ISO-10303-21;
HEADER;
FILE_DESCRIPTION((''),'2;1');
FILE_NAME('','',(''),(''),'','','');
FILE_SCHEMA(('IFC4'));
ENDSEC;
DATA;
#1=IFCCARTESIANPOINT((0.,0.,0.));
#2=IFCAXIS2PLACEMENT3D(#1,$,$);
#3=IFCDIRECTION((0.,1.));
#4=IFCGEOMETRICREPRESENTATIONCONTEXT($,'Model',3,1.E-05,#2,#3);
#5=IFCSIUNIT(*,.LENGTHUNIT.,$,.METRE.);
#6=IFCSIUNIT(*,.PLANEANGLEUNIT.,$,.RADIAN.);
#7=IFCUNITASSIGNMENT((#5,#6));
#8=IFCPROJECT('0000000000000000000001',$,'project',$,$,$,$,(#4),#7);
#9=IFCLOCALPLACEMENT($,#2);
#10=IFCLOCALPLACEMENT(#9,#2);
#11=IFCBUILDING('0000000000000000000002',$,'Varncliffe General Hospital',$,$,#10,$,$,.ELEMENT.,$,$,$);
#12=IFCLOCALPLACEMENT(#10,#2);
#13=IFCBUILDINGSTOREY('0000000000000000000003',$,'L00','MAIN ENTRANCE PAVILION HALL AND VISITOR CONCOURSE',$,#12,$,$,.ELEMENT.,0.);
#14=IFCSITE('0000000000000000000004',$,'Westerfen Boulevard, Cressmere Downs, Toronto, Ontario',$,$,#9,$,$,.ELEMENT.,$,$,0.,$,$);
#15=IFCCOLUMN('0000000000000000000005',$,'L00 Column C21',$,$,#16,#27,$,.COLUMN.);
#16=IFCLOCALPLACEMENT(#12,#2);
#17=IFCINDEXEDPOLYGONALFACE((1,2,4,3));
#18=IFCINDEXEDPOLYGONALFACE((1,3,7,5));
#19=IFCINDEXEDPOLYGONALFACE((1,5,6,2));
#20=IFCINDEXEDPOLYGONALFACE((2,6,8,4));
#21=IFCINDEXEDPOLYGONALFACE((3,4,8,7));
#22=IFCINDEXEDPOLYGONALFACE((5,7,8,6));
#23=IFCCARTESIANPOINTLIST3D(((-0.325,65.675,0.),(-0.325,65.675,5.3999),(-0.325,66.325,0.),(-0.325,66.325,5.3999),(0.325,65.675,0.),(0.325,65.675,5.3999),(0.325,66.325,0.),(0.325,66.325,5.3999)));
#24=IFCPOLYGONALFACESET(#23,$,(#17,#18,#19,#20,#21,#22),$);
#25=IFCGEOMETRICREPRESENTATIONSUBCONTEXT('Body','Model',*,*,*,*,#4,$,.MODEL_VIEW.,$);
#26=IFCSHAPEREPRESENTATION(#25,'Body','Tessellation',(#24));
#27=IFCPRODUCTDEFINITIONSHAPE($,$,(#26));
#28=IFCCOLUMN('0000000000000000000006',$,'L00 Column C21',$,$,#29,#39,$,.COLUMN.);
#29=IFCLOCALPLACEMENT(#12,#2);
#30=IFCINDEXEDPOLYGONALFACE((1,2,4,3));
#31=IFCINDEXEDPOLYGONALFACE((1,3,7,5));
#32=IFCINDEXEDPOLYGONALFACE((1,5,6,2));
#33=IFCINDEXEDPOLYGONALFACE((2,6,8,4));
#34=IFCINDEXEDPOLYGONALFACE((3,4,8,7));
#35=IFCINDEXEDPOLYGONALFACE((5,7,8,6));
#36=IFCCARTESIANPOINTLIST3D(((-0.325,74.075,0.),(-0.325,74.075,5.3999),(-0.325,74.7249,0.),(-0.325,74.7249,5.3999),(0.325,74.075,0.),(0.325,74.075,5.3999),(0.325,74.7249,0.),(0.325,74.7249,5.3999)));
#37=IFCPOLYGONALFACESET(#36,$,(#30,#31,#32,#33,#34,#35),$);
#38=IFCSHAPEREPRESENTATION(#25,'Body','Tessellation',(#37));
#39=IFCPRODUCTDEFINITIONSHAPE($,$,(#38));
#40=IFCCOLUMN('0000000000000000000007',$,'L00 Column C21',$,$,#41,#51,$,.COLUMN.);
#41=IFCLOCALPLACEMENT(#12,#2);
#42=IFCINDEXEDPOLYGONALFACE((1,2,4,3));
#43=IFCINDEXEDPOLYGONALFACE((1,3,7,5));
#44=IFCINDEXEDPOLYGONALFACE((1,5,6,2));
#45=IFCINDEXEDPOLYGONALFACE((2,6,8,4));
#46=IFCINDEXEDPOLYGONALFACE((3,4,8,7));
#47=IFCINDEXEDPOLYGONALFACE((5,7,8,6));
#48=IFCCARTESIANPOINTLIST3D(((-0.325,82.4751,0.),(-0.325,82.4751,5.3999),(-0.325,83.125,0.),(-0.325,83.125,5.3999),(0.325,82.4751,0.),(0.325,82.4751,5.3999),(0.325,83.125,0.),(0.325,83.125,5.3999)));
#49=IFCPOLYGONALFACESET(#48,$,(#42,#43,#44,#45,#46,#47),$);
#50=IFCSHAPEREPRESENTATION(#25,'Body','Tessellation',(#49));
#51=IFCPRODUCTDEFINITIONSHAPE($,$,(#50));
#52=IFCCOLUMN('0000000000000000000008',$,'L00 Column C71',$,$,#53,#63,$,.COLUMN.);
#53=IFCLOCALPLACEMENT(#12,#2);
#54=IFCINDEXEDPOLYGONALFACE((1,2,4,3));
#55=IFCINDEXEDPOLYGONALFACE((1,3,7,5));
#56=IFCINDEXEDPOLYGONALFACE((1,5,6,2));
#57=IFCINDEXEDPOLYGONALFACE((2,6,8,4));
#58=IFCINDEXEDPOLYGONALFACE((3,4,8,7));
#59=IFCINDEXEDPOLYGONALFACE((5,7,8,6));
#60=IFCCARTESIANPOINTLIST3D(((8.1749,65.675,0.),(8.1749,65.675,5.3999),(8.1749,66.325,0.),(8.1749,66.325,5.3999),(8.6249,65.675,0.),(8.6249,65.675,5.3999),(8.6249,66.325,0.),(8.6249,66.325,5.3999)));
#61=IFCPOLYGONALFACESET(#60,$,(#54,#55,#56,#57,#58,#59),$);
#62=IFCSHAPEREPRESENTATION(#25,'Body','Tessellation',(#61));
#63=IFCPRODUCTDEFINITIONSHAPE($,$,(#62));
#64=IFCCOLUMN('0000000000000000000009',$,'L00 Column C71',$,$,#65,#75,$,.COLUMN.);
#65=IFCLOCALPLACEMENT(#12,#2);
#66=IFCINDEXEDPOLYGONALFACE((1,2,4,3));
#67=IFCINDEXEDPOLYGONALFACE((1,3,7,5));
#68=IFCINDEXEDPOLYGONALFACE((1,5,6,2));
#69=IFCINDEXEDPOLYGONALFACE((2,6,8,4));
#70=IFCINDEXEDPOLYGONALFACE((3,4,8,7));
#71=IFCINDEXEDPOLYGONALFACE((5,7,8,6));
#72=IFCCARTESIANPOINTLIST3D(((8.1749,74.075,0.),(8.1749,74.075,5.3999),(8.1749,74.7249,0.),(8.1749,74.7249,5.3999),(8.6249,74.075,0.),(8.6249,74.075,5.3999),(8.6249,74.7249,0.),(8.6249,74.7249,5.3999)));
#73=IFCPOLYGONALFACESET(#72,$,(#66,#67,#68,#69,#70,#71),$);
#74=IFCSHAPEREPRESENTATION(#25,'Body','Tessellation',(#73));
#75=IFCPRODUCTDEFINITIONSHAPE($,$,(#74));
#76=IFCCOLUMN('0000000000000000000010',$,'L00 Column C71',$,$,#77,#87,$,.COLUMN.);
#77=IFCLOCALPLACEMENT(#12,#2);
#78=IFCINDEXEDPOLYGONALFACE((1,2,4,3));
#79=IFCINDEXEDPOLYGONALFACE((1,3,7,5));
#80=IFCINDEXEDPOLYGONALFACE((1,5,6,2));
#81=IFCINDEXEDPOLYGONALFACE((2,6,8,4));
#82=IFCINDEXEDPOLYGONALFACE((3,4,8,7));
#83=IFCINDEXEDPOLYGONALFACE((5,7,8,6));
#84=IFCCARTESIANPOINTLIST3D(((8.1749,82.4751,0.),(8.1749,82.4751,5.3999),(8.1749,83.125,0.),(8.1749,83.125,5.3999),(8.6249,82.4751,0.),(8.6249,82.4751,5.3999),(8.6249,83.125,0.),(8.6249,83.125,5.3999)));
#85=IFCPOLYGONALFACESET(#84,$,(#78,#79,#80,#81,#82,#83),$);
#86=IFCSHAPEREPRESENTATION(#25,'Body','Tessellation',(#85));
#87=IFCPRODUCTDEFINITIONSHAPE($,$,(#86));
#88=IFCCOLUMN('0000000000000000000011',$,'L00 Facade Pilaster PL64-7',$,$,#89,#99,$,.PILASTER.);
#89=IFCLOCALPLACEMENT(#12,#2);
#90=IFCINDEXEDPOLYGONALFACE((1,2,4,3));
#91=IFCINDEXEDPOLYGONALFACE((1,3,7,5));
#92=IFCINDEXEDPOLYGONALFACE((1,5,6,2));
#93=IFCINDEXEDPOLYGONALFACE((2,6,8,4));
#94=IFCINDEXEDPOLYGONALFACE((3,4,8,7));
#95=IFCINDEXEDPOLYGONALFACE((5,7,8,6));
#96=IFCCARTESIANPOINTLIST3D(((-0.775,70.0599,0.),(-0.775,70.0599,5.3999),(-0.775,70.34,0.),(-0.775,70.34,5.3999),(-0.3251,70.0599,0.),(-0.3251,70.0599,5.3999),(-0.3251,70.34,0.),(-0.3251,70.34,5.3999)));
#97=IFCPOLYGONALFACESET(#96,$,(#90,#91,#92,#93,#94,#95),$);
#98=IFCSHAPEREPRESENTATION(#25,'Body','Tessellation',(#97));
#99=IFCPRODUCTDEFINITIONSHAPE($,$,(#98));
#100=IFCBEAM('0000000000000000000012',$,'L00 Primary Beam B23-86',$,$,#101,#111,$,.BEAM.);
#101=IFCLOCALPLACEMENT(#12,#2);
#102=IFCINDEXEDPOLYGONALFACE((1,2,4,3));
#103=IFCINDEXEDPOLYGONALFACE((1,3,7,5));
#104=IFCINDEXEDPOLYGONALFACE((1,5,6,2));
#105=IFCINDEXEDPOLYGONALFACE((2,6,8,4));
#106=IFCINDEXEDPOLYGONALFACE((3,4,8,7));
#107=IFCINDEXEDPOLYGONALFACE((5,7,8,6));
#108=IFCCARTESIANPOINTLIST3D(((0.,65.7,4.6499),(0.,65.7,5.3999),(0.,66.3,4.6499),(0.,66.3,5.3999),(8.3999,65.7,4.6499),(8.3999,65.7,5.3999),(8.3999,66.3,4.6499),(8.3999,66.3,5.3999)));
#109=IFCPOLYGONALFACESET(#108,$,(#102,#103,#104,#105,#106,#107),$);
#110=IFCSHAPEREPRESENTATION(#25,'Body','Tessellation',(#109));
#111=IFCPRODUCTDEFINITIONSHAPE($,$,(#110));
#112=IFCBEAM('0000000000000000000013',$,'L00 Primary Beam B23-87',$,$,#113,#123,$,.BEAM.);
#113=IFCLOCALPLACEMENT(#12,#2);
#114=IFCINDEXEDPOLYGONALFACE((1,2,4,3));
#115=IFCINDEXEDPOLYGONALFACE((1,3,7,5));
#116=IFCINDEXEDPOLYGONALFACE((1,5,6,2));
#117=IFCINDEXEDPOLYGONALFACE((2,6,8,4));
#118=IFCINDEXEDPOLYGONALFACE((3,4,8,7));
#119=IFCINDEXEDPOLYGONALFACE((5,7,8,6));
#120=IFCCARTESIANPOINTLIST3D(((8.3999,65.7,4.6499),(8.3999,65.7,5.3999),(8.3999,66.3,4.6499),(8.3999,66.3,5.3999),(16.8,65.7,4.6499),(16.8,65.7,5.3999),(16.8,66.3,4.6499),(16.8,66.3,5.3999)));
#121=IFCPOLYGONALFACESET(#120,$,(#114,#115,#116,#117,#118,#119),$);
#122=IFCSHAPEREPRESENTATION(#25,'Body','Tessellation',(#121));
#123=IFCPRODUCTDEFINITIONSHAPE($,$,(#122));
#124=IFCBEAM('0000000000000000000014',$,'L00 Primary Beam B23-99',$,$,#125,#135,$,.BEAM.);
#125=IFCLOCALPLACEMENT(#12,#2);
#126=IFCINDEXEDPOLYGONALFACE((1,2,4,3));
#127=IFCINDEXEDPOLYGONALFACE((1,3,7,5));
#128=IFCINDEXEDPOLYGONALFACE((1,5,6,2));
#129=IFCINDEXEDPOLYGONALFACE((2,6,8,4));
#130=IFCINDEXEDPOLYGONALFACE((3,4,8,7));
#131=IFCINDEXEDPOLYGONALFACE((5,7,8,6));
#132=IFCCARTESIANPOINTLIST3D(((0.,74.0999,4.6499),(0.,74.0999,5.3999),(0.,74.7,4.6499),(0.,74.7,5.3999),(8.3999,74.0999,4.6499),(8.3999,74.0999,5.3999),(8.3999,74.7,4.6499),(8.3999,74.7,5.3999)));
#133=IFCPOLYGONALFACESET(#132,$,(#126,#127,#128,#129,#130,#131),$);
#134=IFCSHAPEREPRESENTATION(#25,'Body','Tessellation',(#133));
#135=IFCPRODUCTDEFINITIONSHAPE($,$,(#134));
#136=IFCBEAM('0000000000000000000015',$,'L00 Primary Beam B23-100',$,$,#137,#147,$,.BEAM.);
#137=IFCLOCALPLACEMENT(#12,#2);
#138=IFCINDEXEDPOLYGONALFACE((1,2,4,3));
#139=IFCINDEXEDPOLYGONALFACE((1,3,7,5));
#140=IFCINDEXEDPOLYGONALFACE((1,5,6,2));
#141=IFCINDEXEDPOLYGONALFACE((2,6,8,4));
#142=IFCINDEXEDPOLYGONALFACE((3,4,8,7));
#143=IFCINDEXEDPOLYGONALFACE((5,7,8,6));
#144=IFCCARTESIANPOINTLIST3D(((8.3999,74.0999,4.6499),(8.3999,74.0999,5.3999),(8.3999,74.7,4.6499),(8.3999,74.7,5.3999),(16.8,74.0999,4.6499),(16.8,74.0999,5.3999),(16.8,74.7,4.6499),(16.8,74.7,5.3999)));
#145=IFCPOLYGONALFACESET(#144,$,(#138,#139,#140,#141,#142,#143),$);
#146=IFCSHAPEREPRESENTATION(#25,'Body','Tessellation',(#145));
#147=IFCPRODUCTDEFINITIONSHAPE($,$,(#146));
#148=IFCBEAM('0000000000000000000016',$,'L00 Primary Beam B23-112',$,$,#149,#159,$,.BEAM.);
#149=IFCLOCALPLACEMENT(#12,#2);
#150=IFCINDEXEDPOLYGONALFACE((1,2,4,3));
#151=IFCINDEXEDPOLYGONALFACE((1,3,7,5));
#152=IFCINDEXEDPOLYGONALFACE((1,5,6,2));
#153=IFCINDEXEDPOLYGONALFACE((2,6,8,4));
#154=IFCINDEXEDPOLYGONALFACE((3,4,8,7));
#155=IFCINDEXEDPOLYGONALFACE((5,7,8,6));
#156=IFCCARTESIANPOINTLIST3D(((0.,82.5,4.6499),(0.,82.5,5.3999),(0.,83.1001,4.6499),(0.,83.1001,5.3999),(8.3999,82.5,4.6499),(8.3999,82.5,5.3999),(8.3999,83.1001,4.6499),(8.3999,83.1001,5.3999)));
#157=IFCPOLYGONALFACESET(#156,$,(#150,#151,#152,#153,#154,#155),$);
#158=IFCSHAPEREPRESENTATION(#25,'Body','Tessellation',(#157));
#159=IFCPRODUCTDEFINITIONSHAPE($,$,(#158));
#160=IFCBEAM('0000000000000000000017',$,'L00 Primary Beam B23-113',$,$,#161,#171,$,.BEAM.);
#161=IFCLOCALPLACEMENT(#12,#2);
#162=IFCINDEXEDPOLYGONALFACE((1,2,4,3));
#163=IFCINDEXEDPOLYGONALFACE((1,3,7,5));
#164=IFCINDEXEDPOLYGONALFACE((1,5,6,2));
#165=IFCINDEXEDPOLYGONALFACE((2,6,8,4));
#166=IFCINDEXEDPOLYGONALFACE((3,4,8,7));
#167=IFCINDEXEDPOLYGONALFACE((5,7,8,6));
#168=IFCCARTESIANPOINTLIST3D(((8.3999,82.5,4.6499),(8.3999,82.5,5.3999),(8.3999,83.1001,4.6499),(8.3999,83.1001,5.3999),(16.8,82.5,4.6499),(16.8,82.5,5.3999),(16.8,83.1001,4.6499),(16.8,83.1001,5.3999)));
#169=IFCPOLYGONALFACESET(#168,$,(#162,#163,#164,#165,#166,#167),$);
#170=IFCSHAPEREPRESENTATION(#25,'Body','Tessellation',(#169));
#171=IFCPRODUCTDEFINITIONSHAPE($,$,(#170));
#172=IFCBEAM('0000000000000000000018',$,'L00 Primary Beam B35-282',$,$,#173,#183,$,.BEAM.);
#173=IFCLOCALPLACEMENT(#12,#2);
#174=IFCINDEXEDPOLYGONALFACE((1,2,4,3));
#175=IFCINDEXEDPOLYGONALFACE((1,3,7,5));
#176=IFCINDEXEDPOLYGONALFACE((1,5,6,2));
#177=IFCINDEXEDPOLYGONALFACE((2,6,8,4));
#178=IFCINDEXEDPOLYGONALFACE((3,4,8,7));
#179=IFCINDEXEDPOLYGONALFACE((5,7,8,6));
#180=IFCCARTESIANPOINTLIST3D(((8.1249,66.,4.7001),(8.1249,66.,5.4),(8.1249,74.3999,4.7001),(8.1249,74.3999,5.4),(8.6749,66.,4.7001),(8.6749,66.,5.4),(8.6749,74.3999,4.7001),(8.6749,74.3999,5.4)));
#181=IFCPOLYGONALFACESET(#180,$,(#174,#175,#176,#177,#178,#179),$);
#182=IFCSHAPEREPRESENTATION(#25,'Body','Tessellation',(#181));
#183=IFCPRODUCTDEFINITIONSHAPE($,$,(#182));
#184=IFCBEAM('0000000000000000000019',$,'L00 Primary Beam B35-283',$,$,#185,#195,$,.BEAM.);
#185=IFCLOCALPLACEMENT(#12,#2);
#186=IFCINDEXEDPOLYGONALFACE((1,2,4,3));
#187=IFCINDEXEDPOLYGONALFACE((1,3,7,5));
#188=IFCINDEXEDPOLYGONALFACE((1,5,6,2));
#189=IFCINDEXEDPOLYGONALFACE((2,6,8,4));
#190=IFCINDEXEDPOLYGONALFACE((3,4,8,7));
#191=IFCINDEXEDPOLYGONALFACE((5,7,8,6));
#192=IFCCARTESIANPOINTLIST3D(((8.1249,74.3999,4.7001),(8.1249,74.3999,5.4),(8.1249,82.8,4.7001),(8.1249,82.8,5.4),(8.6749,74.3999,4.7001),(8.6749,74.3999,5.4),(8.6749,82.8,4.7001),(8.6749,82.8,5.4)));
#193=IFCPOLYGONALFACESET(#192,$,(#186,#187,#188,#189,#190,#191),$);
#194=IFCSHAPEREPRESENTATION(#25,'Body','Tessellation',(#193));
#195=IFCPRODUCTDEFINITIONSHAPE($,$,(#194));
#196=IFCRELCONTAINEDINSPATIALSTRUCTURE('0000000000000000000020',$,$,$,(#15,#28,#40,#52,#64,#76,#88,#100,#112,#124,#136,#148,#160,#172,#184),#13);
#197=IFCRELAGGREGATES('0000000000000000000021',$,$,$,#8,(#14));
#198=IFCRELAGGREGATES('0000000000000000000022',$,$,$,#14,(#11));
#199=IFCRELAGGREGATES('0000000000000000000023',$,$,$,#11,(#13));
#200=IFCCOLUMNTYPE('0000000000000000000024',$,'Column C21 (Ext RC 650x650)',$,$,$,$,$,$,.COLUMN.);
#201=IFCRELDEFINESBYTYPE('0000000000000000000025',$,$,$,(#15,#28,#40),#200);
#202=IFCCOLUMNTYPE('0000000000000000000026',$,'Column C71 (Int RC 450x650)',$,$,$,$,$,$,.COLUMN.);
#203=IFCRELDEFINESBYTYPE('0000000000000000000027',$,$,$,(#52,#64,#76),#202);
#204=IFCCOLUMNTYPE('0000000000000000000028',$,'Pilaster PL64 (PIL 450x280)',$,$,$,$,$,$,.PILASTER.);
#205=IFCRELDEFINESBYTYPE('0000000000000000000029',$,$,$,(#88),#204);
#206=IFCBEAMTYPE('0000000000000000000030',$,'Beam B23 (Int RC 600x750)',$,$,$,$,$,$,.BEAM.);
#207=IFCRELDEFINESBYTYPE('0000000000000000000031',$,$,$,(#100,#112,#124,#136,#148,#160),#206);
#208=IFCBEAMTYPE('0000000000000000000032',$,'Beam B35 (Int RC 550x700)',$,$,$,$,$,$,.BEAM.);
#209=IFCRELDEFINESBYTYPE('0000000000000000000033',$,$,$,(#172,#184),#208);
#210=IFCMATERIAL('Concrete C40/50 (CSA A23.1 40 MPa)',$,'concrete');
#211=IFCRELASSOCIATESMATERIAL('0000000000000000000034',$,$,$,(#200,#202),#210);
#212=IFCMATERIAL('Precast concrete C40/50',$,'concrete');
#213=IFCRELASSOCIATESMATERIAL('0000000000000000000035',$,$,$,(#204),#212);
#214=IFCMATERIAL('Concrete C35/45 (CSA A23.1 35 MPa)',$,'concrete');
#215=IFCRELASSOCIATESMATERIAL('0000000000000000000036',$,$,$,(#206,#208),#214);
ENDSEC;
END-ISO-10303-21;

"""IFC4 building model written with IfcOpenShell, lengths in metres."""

from ifc_helpers import new_model, si_unit, direction, frame, origin, origin_2d, place, context, subcontext, project, spatial, rectangle, extrude, material, material_profile, profile_set, type_object, element, save


model = new_model("IFC4")

# Units and contexts
model_context = context("Model", 3, precision=1e-05, world=origin(), true_north=direction((0.0, 1.0)))
body_context = subcontext(model_context, "Body", "Model", "MODEL_VIEW")
ifc_project = project(units=[si_unit("LENGTHUNIT", "METRE"), si_unit("PLANEANGLEUNIT", "RADIAN")], contexts=[model_context])

# Site, building, storey
site_placement = place(None, origin())
site = spatial("IfcSite", under=ifc_project, at=site_placement, Name="Westerfen Boulevard, Cressmere Downs, Toronto, Ontario", CompositionType="ELEMENT", RefElevation=0.0)
building_placement = place(site_placement, origin())
building = spatial("IfcBuilding", under=site, at=building_placement, Name="Varncliffe General Hospital", CompositionType="ELEMENT")
storey_placement = place(building_placement, origin())
storey = spatial("IfcBuildingStorey", under=building, at=storey_placement, Name="L00", Description="MAIN ENTRANCE PAVILION HALL AND VISITOR CONCOURSE", CompositionType="ELEMENT", Elevation=0.0)

# Columns
ifc_material_1 = material(Name="Concrete C40/50 (CSA A23.1 40 MPa)", Category="concrete")
ifc_material_profile_1 = material_profile(ifc_material_1, rectangle(XDim=0.6499, YDim=0.6499, at=origin_2d()), Name="RC 650x650")
ifc_profile_set_1 = profile_set([ifc_material_profile_1], Name="Concrete C40/50 (CSA A23.1 40 MPa)")
column_type_1 = type_object("IfcColumnType", Name="Column C21 (Ext RC 650x650)", PredefinedType="COLUMN", material=ifc_profile_set_1)
for number, where, z_axis, x_axis, name in (
    (1, (0.0, 66.0, 0.0), (0.0, 0.0, 1.0), (1.0, 0.0, 0.0), "L00 Column C21"),
    (2, (0.0, 74.3999, 0.0), (0.0, 0.0, 1.0), (1.0, 0.0, 0.0), "L00 Column C21"),
    (3, (0.0, 82.8, 0.0), (0.0, 0.0, 1.0), (1.0, 0.0, 0.0), "L00 Column C21"),
):
    element("IfcColumn", number, at=place(storey_placement, frame(where, z_axis=z_axis, x_axis=x_axis)), inside=storey, type_object=column_type_1, Name=name, PredefinedType="COLUMN", context=body_context, shape_type="SweptSolid", body=[
        extrude(rectangle(XDim=0.6499, YDim=0.6499, at=origin_2d()), origin(), (0.0, 0.0, 1.0), 5.3999),
    ])
ifc_material_profile_2 = material_profile(ifc_material_1, rectangle(XDim=0.45, YDim=0.6499, at=origin_2d()), Name="RC 450x650")
ifc_profile_set_2 = profile_set([ifc_material_profile_2], Name="Concrete C40/50 (CSA A23.1 40 MPa)")
column_type_2 = type_object("IfcColumnType", Name="Column C71 (Int RC 450x650)", PredefinedType="COLUMN", material=ifc_profile_set_2)
for number, where, z_axis, x_axis, name in (
    (4, (8.3999, 66.0, 0.0), (0.0, 0.0, 1.0), (1.0, 0.0, 0.0), "L00 Column C71"),
    (5, (8.3999, 74.3999, 0.0), (0.0, 0.0, 1.0), (1.0, 0.0, 0.0), "L00 Column C71"),
    (6, (8.3999, 82.8, 0.0), (0.0, 0.0, 1.0), (1.0, 0.0, 0.0), "L00 Column C71"),
):
    element("IfcColumn", number, at=place(storey_placement, frame(where, z_axis=z_axis, x_axis=x_axis)), inside=storey, type_object=column_type_2, Name=name, PredefinedType="COLUMN", context=body_context, shape_type="SweptSolid", body=[
        extrude(rectangle(XDim=0.45, YDim=0.6499, at=origin_2d()), origin(), (0.0, 0.0, 1.0), 5.3999),
    ])
ifc_material_2 = material(Name="Precast concrete C40/50", Category="concrete")
ifc_material_profile_3 = material_profile(ifc_material_2, rectangle(XDim=0.45, YDim=0.28, at=origin_2d()), Name="PIL 450x280")
ifc_profile_set_3 = profile_set([ifc_material_profile_3], Name="Precast concrete C40/50")
column_type_3 = type_object("IfcColumnType", Name="Pilaster PL64 (PIL 450x280)", PredefinedType="PILASTER", material=ifc_profile_set_3)
column_placement = place(storey_placement, frame((-0.55, 70.2, 0.0), z_axis=(0.0, 0.0, 1.0), x_axis=(1.0, 0.0, 0.0)))
element("IfcColumn", 7, at=column_placement, inside=storey, type_object=column_type_3, Name="L00 Facade Pilaster PL64-7", PredefinedType="PILASTER", context=body_context, shape_type="SweptSolid", body=[
    extrude(rectangle(XDim=0.45, YDim=0.28, at=origin_2d()), origin(), (0.0, 0.0, 1.0), 5.3999),
])

# Beams
ifc_material_3 = material(Name="Concrete C35/45 (CSA A23.1 35 MPa)", Category="concrete")
ifc_material_profile_4 = material_profile(ifc_material_3, rectangle(XDim=0.6001, YDim=0.75, at=origin_2d()), Name="RC 600x750")
ifc_profile_set_4 = profile_set([ifc_material_profile_4], Name="Concrete C35/45 (CSA A23.1 35 MPa)")
beam_type_1 = type_object("IfcBeamType", Name="Beam B23 (Int RC 600x750)", PredefinedType="BEAM", material=ifc_profile_set_4)
beam_1_placement = place(storey_placement, frame((0.0, 66.0, 5.0249), z_axis=(1.0, 0.0, 0.0), x_axis=(0.0, 1.0, 0.0)))
element("IfcBeam", 8, at=beam_1_placement, inside=storey, type_object=beam_type_1, Name="L00 Primary Beam B23-86", PredefinedType="BEAM", context=body_context, shape_type="SweptSolid", body=[
    extrude(rectangle(XDim=0.6001, YDim=0.75, at=origin_2d()), origin(), (0.0, 0.0, 1.0), 8.3999),
])
beam_2_placement = place(storey_placement, frame((8.3999, 66.0, 5.0249), z_axis=(1.0, 0.0, 0.0), x_axis=(0.0, 1.0, 0.0)))
element("IfcBeam", 9, at=beam_2_placement, inside=storey, type_object=beam_type_1, Name="L00 Primary Beam B23-87", PredefinedType="BEAM", context=body_context, shape_type="SweptSolid", body=[
    extrude(rectangle(XDim=0.6001, YDim=0.75, at=origin_2d()), origin(), (0.0, 0.0, 1.0), 8.4001),
])
beam_3_placement = place(storey_placement, frame((0.0, 74.3999, 5.0249), z_axis=(1.0, 0.0, 0.0), x_axis=(0.0, 1.0, 0.0)))
element("IfcBeam", 10, at=beam_3_placement, inside=storey, type_object=beam_type_1, Name="L00 Primary Beam B23-99", PredefinedType="BEAM", context=body_context, shape_type="SweptSolid", body=[
    extrude(rectangle(XDim=0.6001, YDim=0.75, at=origin_2d()), origin(), (0.0, 0.0, 1.0), 8.3999),
])
beam_4_placement = place(storey_placement, frame((8.3999, 74.3999, 5.0249), z_axis=(1.0, 0.0, 0.0), x_axis=(0.0, 1.0, 0.0)))
element("IfcBeam", 11, at=beam_4_placement, inside=storey, type_object=beam_type_1, Name="L00 Primary Beam B23-100", PredefinedType="BEAM", context=body_context, shape_type="SweptSolid", body=[
    extrude(rectangle(XDim=0.6001, YDim=0.75, at=origin_2d()), origin(), (0.0, 0.0, 1.0), 8.4001),
])
beam_5_placement = place(storey_placement, frame((0.0, 82.8, 5.0249), z_axis=(1.0, 0.0, 0.0), x_axis=(0.0, 1.0, 0.0)))
element("IfcBeam", 12, at=beam_5_placement, inside=storey, type_object=beam_type_1, Name="L00 Primary Beam B23-112", PredefinedType="BEAM", context=body_context, shape_type="SweptSolid", body=[
    extrude(rectangle(XDim=0.6001, YDim=0.75, at=origin_2d()), origin(), (0.0, 0.0, 1.0), 8.3999),
])
beam_6_placement = place(storey_placement, frame((8.3999, 82.8, 5.0249), z_axis=(1.0, 0.0, 0.0), x_axis=(0.0, 1.0, 0.0)))
element("IfcBeam", 13, at=beam_6_placement, inside=storey, type_object=beam_type_1, Name="L00 Primary Beam B23-113", PredefinedType="BEAM", context=body_context, shape_type="SweptSolid", body=[
    extrude(rectangle(XDim=0.6001, YDim=0.75, at=origin_2d()), origin(), (0.0, 0.0, 1.0), 8.4001),
])
ifc_material_profile_5 = material_profile(ifc_material_3, rectangle(XDim=0.55, YDim=0.7, at=origin_2d()), Name="RC 550x700")
ifc_profile_set_5 = profile_set([ifc_material_profile_5], Name="Concrete C35/45 (CSA A23.1 35 MPa)")
beam_type_2 = type_object("IfcBeamType", Name="Beam B35 (Int RC 550x700)", PredefinedType="BEAM", material=ifc_profile_set_5)
beam_7_placement = place(storey_placement, frame((8.3999, 66.0, 5.05), z_axis=(0.0, 1.0, 0.0), x_axis=(-1.0, 0.0, 0.0)))
element("IfcBeam", 14, at=beam_7_placement, inside=storey, type_object=beam_type_2, Name="L00 Primary Beam B35-282", PredefinedType="BEAM", context=body_context, shape_type="SweptSolid", body=[
    extrude(rectangle(XDim=0.55, YDim=0.7, at=origin_2d()), origin(), (0.0, 0.0, 1.0), 8.3999),
])
beam_8_placement = place(storey_placement, frame((8.3999, 74.3999, 5.05), z_axis=(0.0, 1.0, 0.0), x_axis=(-1.0, 0.0, 0.0)))
element("IfcBeam", 15, at=beam_8_placement, inside=storey, type_object=beam_type_2, Name="L00 Primary Beam B35-283", PredefinedType="BEAM", context=body_context, shape_type="SweptSolid", body=[
    extrude(rectangle(XDim=0.55, YDim=0.7, at=origin_2d()), origin(), (0.0, 0.0, 1.0), 8.4001),
])

save(model, "model.ifc")
